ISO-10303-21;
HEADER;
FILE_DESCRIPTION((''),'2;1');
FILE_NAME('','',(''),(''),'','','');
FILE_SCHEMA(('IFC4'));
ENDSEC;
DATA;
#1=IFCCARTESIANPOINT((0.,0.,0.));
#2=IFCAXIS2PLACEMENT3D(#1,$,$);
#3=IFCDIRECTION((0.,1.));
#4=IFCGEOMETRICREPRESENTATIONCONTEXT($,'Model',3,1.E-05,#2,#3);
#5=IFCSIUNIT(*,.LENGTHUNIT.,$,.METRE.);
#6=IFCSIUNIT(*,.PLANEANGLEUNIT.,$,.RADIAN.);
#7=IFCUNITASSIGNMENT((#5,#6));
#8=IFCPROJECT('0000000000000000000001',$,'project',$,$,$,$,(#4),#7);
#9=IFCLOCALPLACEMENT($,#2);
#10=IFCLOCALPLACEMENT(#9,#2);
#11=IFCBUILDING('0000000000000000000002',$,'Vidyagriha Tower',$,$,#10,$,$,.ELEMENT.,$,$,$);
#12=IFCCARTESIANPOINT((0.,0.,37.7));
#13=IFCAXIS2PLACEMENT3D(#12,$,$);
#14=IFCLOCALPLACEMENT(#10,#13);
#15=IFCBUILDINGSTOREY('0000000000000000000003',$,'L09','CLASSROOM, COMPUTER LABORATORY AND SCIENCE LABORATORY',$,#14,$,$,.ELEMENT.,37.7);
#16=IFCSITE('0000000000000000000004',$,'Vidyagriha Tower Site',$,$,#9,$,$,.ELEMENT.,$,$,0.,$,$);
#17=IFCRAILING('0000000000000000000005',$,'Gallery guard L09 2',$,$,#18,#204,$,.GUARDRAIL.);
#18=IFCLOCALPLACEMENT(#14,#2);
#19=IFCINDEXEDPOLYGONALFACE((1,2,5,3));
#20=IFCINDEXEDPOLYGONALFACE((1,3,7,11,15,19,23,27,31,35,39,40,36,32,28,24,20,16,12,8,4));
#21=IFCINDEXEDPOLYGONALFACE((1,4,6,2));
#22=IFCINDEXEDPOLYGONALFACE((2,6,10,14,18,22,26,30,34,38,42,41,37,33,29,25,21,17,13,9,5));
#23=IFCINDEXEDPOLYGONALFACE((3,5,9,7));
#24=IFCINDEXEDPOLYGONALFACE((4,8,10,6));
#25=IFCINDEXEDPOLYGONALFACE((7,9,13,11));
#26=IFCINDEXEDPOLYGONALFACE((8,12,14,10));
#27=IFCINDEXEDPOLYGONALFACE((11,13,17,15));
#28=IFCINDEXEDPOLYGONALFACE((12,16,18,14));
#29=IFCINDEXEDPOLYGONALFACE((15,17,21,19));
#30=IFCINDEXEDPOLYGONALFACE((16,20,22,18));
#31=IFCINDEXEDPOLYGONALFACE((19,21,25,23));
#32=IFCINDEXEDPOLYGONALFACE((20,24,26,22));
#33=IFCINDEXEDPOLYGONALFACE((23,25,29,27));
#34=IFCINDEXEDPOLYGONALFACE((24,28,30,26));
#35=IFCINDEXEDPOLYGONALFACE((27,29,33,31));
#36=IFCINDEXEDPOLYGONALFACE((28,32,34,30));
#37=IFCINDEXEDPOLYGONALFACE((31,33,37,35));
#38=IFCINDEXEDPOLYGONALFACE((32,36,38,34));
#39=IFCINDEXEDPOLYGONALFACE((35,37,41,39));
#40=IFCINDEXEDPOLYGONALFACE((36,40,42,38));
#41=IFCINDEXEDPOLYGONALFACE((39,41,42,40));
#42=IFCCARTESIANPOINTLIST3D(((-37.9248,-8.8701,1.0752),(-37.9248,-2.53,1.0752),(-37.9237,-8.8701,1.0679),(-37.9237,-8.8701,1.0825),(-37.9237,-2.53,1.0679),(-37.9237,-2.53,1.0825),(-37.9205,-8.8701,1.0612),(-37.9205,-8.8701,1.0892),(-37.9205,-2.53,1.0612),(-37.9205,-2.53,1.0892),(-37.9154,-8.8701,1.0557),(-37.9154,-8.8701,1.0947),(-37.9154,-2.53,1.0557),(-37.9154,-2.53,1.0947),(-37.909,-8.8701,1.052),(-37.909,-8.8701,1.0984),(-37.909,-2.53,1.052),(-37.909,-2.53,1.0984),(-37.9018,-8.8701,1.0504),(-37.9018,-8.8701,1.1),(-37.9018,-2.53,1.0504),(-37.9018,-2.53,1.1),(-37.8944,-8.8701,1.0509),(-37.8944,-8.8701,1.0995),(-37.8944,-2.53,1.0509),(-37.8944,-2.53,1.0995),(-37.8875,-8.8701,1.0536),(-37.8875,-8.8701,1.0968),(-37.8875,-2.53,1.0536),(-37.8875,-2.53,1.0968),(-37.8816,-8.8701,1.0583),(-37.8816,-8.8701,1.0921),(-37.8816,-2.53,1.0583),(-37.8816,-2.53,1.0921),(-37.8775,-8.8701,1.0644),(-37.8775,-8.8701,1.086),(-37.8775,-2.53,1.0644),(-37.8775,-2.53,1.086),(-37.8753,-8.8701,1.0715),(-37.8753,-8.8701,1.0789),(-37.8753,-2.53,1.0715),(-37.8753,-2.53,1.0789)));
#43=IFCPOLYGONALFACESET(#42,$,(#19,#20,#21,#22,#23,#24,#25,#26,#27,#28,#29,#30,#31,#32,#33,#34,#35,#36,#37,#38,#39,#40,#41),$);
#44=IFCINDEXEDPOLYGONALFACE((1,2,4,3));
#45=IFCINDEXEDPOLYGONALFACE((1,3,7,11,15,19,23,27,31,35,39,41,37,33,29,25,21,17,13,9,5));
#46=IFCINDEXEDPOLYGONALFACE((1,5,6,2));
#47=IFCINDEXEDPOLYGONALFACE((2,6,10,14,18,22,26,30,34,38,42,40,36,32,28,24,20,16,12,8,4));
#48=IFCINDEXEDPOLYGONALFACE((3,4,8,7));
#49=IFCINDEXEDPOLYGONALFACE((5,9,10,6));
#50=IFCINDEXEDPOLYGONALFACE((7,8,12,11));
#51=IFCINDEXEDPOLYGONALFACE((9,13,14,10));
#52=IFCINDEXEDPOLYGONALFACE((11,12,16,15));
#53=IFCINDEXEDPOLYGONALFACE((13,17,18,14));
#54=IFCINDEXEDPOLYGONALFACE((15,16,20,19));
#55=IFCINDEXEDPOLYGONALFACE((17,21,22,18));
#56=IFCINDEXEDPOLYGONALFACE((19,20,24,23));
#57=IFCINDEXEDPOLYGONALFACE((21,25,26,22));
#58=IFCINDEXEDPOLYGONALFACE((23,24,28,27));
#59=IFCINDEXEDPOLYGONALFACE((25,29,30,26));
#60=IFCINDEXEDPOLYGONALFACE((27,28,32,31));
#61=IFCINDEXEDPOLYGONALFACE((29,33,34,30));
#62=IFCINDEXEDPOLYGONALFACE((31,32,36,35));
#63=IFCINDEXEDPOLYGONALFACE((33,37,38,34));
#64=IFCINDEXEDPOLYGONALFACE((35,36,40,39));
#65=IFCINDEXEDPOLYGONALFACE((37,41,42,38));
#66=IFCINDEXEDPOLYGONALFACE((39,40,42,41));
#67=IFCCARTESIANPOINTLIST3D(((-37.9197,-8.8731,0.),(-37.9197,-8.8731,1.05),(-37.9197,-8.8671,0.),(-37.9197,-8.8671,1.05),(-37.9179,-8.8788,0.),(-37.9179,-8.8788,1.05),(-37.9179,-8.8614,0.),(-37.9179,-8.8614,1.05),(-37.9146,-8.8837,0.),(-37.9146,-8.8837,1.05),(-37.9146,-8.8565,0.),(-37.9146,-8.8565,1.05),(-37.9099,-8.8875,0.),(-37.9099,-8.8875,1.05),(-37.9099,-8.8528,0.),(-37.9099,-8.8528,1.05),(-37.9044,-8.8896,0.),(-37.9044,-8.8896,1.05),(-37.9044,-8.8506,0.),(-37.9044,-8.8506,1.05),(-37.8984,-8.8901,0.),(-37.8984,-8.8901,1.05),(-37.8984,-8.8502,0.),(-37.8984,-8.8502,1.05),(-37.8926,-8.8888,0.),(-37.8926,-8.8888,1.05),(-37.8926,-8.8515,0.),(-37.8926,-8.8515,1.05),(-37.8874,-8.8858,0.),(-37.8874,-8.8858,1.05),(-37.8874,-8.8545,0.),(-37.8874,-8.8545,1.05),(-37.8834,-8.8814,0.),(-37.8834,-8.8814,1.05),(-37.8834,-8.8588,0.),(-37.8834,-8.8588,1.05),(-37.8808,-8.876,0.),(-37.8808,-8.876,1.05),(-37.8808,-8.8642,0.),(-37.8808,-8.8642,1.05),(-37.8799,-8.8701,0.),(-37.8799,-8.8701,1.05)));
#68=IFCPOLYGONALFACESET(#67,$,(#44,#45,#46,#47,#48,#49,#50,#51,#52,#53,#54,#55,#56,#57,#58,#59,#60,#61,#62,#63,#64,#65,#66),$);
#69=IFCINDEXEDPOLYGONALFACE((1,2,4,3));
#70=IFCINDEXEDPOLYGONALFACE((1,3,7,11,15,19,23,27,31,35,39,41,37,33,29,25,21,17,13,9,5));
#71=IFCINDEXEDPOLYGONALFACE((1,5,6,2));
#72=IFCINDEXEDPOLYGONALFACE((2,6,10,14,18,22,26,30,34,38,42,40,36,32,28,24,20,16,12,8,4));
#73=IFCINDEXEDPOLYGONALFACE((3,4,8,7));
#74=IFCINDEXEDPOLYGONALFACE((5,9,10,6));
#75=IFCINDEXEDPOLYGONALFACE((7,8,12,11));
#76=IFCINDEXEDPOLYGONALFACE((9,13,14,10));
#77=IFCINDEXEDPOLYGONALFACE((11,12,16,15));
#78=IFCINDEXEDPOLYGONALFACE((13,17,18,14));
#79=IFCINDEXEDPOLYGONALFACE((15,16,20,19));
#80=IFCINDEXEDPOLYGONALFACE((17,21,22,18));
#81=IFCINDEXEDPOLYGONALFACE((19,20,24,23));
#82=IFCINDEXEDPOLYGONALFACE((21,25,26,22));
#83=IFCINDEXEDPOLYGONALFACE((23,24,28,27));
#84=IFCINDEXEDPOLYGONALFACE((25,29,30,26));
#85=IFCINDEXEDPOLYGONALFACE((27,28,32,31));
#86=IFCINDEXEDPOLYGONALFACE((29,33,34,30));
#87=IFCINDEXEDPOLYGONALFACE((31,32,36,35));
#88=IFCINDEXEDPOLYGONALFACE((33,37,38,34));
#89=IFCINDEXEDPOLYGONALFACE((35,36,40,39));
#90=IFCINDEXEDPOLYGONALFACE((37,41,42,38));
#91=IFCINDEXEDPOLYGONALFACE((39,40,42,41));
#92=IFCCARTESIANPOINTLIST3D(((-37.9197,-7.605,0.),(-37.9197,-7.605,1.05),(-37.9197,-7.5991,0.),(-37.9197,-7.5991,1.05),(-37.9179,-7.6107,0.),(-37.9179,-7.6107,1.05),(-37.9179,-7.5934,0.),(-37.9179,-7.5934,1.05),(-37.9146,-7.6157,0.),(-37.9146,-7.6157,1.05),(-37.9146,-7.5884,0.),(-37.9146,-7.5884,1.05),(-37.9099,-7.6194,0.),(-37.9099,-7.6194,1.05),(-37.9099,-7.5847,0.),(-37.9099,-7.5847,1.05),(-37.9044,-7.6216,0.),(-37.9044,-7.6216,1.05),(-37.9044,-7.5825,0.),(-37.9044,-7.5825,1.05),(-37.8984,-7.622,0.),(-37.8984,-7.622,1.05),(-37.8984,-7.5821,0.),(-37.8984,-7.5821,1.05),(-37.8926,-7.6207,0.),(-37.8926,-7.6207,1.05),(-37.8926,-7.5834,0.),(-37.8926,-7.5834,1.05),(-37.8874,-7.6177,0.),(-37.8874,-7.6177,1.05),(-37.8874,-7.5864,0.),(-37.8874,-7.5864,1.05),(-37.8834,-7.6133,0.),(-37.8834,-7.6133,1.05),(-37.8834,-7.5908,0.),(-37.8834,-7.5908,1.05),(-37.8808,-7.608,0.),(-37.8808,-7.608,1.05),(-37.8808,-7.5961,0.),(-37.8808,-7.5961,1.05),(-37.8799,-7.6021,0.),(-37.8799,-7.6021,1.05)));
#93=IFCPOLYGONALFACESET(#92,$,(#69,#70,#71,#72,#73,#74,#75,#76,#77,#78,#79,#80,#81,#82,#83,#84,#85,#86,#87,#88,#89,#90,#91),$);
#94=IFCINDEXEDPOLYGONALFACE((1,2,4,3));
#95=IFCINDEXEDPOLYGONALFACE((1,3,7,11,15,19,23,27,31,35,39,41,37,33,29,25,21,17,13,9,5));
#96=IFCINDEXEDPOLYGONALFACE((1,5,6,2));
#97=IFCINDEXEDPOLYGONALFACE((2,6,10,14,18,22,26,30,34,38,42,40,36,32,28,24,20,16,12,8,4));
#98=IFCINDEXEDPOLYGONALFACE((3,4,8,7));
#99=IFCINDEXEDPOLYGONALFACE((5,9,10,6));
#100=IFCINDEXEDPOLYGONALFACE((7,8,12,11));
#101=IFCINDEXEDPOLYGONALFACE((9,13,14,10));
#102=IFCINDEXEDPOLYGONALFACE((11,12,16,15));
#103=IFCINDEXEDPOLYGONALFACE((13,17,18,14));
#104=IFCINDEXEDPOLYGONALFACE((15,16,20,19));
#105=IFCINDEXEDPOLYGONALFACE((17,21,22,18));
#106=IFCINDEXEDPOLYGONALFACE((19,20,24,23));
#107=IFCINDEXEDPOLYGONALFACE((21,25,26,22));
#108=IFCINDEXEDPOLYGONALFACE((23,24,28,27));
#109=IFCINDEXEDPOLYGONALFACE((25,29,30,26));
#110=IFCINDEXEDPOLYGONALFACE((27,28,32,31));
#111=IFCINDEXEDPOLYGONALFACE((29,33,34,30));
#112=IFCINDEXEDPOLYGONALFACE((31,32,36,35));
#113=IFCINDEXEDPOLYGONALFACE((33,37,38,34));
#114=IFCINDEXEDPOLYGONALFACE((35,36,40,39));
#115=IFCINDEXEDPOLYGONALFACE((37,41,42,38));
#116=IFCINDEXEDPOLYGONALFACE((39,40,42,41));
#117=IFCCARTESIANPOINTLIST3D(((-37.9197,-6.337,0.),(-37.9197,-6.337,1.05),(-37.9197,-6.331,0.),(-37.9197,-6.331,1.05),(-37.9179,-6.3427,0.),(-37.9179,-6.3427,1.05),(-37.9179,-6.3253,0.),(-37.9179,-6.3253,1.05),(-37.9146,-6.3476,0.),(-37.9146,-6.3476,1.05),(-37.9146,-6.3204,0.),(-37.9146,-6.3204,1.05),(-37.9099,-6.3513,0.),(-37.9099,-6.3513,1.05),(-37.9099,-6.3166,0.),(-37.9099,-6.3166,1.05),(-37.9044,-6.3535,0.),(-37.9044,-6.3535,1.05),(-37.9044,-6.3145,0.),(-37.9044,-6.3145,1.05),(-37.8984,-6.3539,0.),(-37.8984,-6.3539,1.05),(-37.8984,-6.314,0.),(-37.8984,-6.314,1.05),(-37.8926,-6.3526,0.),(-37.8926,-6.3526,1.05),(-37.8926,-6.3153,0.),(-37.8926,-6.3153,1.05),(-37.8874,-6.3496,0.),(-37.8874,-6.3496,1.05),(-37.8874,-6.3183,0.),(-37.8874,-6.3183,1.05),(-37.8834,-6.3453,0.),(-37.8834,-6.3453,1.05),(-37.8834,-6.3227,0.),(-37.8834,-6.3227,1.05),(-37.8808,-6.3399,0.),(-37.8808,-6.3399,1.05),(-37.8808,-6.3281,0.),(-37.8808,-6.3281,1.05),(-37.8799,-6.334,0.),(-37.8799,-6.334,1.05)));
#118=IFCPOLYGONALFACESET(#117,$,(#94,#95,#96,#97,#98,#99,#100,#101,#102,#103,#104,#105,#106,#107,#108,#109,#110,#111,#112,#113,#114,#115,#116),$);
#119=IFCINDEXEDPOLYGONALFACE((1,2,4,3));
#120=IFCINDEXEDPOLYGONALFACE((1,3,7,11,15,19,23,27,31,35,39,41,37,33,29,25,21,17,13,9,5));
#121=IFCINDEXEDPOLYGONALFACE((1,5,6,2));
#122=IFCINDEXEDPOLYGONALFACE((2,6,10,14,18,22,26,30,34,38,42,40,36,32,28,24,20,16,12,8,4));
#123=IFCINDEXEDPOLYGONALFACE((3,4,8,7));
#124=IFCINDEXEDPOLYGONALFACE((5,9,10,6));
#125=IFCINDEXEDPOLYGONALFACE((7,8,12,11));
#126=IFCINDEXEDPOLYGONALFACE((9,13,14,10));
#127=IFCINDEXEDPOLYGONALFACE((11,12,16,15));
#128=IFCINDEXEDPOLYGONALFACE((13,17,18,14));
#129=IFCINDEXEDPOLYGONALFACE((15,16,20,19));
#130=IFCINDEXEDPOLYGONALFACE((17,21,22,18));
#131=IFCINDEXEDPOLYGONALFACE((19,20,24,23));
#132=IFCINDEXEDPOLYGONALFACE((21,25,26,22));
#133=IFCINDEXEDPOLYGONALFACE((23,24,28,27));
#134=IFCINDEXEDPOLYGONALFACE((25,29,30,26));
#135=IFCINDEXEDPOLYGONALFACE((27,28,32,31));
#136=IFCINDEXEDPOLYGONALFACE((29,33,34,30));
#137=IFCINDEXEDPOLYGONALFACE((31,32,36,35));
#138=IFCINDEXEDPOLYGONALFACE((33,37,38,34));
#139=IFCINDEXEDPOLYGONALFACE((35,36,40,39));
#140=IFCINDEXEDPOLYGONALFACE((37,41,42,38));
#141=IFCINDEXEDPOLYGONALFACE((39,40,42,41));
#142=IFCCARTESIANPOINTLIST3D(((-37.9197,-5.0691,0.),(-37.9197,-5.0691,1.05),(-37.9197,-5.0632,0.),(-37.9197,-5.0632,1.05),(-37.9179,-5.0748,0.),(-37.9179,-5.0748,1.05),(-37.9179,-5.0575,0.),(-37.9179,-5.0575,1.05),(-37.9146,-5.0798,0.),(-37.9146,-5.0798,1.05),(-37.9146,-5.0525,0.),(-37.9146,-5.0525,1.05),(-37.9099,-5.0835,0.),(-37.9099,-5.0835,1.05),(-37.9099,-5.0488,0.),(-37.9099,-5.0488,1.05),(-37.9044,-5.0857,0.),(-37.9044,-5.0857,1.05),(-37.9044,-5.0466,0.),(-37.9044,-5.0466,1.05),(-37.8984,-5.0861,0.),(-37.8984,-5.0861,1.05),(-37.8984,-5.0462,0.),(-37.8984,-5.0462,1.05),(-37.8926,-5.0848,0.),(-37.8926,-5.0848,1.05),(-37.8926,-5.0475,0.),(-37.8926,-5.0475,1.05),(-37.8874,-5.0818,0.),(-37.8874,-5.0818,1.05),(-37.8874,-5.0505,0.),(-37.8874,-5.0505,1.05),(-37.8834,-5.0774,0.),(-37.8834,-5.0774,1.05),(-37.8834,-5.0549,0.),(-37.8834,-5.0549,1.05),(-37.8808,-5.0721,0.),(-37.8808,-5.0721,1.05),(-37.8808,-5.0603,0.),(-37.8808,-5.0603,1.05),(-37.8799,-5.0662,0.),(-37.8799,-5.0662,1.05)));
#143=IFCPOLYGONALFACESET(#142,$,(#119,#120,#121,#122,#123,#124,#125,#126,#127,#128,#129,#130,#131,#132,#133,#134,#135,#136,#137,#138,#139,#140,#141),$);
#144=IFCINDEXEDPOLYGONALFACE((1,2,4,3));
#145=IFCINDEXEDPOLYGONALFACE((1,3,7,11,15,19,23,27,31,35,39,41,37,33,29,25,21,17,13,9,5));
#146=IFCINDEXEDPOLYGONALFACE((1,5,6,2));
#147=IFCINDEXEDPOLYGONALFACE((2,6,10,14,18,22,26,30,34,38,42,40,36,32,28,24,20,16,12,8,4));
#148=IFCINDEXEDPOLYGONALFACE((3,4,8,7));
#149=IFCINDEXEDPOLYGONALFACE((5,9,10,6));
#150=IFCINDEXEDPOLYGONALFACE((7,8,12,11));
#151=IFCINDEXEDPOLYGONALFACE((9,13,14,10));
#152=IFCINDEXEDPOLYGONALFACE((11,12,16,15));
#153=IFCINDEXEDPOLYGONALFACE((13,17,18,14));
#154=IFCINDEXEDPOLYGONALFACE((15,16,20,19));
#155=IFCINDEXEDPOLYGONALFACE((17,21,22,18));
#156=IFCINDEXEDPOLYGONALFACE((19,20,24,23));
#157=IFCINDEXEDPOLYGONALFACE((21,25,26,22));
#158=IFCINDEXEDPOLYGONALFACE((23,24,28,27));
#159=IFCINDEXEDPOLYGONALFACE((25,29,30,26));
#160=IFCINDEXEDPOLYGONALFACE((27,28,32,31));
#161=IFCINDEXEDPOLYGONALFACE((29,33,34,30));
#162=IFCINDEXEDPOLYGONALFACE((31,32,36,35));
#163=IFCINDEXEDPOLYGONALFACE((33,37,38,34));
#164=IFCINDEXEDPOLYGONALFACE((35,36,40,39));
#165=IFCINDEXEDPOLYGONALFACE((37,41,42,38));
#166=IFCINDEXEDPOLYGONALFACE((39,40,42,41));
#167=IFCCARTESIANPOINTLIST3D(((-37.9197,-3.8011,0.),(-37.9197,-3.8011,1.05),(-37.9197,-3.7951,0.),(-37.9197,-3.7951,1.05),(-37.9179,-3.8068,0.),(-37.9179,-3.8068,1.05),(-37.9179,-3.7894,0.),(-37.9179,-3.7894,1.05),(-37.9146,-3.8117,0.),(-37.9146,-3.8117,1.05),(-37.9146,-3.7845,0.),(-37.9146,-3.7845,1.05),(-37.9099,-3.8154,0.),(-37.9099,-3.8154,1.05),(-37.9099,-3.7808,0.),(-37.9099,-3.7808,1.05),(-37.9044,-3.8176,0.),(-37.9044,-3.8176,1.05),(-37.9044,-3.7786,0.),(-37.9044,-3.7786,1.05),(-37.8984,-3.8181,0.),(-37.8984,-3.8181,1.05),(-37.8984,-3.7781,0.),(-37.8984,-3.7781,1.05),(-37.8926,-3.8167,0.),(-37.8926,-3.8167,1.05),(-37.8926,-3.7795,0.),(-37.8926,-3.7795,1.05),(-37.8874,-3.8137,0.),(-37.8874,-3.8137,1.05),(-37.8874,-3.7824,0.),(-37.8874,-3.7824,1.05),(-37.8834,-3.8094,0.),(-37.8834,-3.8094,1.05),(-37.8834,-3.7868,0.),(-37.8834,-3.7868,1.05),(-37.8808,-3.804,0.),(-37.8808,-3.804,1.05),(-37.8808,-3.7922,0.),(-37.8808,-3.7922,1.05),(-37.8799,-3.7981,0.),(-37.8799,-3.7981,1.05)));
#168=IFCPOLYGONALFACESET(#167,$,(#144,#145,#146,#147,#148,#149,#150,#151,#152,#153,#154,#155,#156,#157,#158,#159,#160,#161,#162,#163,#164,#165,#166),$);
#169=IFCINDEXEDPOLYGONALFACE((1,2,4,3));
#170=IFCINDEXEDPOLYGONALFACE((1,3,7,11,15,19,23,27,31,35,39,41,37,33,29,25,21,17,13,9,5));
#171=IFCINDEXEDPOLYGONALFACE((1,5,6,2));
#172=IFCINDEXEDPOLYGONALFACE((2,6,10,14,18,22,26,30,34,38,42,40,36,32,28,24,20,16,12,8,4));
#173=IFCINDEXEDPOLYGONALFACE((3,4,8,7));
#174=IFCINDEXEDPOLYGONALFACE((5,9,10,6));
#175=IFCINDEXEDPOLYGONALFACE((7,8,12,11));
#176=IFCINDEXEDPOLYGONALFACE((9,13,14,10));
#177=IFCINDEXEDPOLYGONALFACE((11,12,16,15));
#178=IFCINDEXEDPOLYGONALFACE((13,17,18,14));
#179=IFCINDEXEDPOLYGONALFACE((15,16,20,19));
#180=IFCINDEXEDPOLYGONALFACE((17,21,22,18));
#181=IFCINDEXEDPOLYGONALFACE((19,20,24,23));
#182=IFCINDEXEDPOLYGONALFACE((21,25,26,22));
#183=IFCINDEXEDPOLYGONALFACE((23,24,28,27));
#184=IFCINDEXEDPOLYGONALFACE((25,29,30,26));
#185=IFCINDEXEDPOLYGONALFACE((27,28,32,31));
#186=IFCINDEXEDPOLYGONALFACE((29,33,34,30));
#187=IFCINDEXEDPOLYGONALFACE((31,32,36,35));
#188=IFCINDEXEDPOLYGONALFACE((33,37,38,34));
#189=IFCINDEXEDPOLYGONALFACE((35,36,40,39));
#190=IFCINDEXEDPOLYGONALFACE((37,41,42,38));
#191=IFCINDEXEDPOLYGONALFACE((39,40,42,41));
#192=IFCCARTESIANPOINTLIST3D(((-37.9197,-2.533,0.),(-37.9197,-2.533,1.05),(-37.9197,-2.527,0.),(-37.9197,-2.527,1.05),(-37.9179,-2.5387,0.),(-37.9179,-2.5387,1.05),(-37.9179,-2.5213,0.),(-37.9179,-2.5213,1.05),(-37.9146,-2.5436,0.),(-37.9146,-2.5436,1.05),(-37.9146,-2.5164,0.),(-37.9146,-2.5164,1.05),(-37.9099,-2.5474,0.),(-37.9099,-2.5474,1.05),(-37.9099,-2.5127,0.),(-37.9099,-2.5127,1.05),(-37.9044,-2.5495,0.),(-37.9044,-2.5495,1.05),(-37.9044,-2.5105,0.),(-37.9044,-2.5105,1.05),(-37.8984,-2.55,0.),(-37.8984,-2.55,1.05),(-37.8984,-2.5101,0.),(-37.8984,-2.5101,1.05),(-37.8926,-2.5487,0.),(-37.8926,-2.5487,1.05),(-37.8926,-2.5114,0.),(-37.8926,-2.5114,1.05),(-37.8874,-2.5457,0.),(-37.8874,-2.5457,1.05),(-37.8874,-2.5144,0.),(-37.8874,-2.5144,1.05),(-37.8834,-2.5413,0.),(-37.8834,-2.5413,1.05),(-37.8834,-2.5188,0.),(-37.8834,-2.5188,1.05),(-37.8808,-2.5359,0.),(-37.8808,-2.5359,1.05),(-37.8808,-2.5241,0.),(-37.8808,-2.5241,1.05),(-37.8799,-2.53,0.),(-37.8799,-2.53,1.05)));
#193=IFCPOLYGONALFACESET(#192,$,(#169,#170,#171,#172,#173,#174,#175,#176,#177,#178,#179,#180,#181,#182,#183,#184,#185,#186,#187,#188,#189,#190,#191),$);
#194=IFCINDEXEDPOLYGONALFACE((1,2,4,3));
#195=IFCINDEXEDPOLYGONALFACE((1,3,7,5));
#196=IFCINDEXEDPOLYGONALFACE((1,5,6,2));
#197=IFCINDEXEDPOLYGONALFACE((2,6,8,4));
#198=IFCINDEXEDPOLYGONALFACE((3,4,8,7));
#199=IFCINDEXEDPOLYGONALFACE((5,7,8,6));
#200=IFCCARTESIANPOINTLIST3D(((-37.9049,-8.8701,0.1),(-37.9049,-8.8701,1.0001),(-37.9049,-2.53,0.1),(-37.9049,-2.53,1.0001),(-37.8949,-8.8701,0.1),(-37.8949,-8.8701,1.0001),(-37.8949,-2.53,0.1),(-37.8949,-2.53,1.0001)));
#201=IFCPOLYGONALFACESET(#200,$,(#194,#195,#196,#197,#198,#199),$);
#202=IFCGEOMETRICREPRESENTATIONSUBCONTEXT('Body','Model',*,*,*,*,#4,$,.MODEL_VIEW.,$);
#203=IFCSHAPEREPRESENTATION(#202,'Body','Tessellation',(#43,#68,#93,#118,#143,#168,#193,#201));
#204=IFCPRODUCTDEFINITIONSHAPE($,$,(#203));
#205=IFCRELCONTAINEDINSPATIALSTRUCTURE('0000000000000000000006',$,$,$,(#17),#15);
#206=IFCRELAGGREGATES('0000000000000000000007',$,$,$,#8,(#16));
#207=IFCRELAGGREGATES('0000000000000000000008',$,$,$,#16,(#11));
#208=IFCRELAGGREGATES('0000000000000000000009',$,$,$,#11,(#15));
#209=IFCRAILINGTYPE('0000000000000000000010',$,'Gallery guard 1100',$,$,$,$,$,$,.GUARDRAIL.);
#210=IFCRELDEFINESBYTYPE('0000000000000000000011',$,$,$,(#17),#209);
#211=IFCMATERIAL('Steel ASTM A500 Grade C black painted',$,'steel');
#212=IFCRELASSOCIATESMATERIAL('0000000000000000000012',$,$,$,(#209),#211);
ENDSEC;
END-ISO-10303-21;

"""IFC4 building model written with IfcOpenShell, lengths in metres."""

from ifc_helpers import new_model, si_unit, direction, frame, origin, origin_2d, place, context, subcontext, project, spatial, rectangle, circle, extrude, material, type_object, element, save


model = new_model("IFC4")

# Units and contexts
model_context = context("Model", 3, precision=1e-05, world=origin(), true_north=direction((0.0, 1.0)))
body_context = subcontext(model_context, "Body", "Model", "MODEL_VIEW")
ifc_project = project(units=[si_unit("LENGTHUNIT", "METRE"), si_unit("PLANEANGLEUNIT", "RADIAN")], contexts=[model_context])

# Site, building, storey
site_placement = place(None, origin())
site = spatial("IfcSite", under=ifc_project, at=site_placement, Name="Vidyagriha Tower Site", CompositionType="ELEMENT", RefElevation=0.0)
building_placement = place(site_placement, origin())
building = spatial("IfcBuilding", under=site, at=building_placement, Name="Vidyagriha Tower", CompositionType="ELEMENT")
storey_placement = place(building_placement, frame((0.0, 0.0, 37.7)))
storey = spatial("IfcBuildingStorey", under=building, at=storey_placement, Name="L09", Description="CLASSROOM, COMPUTER LABORATORY AND SCIENCE LABORATORY", CompositionType="ELEMENT", Elevation=37.7)

# Railing
ifc_material_1 = material(Name="Steel ASTM A500 Grade C black painted", Category="steel")
railing_type = type_object("IfcRailingType", Name="Gallery guard 1100", PredefinedType="GUARDRAIL", material=ifc_material_1)
railing_1_placement = place(storey_placement, frame((-37.8999, -8.8701, 0.0)))
element("IfcRailing", 1, at=railing_1_placement, inside=storey, type_object=railing_type, Name="Gallery guard L09 2", PredefinedType="GUARDRAIL", context=body_context, shape_type="SweptSolid", body=[
    extrude(circle(Radius=0.0249, at=origin_2d()), frame((0.0, 0.0, 1.0752), z_axis=(0.0, 1.0, 0.0), x_axis=(-1.0, 0.0, 0.0)), (0.0, 0.0, 1.0), 6.3401),
    extrude(circle(Radius=0.02, at=origin_2d()), origin(), (0.0, 0.0, 1.0), 1.05),
    extrude(circle(Radius=0.02, at=origin_2d()), frame((0.0, 1.2681, 0.0)), (0.0, 0.0, 1.0), 1.05),
    extrude(circle(Radius=0.02, at=origin_2d()), frame((0.0, 2.5361, 0.0)), (0.0, 0.0, 1.0), 1.05),
    extrude(circle(Radius=0.02, at=origin_2d()), frame((0.0, 3.804, 0.0)), (0.0, 0.0, 1.0), 1.05),
    extrude(circle(Radius=0.02, at=origin_2d()), frame((0.0, 5.072, 0.0)), (0.0, 0.0, 1.0), 1.05),
    extrude(circle(Radius=0.02, at=origin_2d()), frame((0.0, 6.3401, 0.0)), (0.0, 0.0, 1.0), 1.05),
    extrude(rectangle(XDim=0.01, YDim=0.9001, at=origin_2d()), frame((0.0, 0.0, 0.55), z_axis=(0.0, 1.0, 0.0), x_axis=(-1.0, 0.0, 0.0)), (0.0, 0.0, 1.0), 6.3401),
])

save(model, "model.ifc")
